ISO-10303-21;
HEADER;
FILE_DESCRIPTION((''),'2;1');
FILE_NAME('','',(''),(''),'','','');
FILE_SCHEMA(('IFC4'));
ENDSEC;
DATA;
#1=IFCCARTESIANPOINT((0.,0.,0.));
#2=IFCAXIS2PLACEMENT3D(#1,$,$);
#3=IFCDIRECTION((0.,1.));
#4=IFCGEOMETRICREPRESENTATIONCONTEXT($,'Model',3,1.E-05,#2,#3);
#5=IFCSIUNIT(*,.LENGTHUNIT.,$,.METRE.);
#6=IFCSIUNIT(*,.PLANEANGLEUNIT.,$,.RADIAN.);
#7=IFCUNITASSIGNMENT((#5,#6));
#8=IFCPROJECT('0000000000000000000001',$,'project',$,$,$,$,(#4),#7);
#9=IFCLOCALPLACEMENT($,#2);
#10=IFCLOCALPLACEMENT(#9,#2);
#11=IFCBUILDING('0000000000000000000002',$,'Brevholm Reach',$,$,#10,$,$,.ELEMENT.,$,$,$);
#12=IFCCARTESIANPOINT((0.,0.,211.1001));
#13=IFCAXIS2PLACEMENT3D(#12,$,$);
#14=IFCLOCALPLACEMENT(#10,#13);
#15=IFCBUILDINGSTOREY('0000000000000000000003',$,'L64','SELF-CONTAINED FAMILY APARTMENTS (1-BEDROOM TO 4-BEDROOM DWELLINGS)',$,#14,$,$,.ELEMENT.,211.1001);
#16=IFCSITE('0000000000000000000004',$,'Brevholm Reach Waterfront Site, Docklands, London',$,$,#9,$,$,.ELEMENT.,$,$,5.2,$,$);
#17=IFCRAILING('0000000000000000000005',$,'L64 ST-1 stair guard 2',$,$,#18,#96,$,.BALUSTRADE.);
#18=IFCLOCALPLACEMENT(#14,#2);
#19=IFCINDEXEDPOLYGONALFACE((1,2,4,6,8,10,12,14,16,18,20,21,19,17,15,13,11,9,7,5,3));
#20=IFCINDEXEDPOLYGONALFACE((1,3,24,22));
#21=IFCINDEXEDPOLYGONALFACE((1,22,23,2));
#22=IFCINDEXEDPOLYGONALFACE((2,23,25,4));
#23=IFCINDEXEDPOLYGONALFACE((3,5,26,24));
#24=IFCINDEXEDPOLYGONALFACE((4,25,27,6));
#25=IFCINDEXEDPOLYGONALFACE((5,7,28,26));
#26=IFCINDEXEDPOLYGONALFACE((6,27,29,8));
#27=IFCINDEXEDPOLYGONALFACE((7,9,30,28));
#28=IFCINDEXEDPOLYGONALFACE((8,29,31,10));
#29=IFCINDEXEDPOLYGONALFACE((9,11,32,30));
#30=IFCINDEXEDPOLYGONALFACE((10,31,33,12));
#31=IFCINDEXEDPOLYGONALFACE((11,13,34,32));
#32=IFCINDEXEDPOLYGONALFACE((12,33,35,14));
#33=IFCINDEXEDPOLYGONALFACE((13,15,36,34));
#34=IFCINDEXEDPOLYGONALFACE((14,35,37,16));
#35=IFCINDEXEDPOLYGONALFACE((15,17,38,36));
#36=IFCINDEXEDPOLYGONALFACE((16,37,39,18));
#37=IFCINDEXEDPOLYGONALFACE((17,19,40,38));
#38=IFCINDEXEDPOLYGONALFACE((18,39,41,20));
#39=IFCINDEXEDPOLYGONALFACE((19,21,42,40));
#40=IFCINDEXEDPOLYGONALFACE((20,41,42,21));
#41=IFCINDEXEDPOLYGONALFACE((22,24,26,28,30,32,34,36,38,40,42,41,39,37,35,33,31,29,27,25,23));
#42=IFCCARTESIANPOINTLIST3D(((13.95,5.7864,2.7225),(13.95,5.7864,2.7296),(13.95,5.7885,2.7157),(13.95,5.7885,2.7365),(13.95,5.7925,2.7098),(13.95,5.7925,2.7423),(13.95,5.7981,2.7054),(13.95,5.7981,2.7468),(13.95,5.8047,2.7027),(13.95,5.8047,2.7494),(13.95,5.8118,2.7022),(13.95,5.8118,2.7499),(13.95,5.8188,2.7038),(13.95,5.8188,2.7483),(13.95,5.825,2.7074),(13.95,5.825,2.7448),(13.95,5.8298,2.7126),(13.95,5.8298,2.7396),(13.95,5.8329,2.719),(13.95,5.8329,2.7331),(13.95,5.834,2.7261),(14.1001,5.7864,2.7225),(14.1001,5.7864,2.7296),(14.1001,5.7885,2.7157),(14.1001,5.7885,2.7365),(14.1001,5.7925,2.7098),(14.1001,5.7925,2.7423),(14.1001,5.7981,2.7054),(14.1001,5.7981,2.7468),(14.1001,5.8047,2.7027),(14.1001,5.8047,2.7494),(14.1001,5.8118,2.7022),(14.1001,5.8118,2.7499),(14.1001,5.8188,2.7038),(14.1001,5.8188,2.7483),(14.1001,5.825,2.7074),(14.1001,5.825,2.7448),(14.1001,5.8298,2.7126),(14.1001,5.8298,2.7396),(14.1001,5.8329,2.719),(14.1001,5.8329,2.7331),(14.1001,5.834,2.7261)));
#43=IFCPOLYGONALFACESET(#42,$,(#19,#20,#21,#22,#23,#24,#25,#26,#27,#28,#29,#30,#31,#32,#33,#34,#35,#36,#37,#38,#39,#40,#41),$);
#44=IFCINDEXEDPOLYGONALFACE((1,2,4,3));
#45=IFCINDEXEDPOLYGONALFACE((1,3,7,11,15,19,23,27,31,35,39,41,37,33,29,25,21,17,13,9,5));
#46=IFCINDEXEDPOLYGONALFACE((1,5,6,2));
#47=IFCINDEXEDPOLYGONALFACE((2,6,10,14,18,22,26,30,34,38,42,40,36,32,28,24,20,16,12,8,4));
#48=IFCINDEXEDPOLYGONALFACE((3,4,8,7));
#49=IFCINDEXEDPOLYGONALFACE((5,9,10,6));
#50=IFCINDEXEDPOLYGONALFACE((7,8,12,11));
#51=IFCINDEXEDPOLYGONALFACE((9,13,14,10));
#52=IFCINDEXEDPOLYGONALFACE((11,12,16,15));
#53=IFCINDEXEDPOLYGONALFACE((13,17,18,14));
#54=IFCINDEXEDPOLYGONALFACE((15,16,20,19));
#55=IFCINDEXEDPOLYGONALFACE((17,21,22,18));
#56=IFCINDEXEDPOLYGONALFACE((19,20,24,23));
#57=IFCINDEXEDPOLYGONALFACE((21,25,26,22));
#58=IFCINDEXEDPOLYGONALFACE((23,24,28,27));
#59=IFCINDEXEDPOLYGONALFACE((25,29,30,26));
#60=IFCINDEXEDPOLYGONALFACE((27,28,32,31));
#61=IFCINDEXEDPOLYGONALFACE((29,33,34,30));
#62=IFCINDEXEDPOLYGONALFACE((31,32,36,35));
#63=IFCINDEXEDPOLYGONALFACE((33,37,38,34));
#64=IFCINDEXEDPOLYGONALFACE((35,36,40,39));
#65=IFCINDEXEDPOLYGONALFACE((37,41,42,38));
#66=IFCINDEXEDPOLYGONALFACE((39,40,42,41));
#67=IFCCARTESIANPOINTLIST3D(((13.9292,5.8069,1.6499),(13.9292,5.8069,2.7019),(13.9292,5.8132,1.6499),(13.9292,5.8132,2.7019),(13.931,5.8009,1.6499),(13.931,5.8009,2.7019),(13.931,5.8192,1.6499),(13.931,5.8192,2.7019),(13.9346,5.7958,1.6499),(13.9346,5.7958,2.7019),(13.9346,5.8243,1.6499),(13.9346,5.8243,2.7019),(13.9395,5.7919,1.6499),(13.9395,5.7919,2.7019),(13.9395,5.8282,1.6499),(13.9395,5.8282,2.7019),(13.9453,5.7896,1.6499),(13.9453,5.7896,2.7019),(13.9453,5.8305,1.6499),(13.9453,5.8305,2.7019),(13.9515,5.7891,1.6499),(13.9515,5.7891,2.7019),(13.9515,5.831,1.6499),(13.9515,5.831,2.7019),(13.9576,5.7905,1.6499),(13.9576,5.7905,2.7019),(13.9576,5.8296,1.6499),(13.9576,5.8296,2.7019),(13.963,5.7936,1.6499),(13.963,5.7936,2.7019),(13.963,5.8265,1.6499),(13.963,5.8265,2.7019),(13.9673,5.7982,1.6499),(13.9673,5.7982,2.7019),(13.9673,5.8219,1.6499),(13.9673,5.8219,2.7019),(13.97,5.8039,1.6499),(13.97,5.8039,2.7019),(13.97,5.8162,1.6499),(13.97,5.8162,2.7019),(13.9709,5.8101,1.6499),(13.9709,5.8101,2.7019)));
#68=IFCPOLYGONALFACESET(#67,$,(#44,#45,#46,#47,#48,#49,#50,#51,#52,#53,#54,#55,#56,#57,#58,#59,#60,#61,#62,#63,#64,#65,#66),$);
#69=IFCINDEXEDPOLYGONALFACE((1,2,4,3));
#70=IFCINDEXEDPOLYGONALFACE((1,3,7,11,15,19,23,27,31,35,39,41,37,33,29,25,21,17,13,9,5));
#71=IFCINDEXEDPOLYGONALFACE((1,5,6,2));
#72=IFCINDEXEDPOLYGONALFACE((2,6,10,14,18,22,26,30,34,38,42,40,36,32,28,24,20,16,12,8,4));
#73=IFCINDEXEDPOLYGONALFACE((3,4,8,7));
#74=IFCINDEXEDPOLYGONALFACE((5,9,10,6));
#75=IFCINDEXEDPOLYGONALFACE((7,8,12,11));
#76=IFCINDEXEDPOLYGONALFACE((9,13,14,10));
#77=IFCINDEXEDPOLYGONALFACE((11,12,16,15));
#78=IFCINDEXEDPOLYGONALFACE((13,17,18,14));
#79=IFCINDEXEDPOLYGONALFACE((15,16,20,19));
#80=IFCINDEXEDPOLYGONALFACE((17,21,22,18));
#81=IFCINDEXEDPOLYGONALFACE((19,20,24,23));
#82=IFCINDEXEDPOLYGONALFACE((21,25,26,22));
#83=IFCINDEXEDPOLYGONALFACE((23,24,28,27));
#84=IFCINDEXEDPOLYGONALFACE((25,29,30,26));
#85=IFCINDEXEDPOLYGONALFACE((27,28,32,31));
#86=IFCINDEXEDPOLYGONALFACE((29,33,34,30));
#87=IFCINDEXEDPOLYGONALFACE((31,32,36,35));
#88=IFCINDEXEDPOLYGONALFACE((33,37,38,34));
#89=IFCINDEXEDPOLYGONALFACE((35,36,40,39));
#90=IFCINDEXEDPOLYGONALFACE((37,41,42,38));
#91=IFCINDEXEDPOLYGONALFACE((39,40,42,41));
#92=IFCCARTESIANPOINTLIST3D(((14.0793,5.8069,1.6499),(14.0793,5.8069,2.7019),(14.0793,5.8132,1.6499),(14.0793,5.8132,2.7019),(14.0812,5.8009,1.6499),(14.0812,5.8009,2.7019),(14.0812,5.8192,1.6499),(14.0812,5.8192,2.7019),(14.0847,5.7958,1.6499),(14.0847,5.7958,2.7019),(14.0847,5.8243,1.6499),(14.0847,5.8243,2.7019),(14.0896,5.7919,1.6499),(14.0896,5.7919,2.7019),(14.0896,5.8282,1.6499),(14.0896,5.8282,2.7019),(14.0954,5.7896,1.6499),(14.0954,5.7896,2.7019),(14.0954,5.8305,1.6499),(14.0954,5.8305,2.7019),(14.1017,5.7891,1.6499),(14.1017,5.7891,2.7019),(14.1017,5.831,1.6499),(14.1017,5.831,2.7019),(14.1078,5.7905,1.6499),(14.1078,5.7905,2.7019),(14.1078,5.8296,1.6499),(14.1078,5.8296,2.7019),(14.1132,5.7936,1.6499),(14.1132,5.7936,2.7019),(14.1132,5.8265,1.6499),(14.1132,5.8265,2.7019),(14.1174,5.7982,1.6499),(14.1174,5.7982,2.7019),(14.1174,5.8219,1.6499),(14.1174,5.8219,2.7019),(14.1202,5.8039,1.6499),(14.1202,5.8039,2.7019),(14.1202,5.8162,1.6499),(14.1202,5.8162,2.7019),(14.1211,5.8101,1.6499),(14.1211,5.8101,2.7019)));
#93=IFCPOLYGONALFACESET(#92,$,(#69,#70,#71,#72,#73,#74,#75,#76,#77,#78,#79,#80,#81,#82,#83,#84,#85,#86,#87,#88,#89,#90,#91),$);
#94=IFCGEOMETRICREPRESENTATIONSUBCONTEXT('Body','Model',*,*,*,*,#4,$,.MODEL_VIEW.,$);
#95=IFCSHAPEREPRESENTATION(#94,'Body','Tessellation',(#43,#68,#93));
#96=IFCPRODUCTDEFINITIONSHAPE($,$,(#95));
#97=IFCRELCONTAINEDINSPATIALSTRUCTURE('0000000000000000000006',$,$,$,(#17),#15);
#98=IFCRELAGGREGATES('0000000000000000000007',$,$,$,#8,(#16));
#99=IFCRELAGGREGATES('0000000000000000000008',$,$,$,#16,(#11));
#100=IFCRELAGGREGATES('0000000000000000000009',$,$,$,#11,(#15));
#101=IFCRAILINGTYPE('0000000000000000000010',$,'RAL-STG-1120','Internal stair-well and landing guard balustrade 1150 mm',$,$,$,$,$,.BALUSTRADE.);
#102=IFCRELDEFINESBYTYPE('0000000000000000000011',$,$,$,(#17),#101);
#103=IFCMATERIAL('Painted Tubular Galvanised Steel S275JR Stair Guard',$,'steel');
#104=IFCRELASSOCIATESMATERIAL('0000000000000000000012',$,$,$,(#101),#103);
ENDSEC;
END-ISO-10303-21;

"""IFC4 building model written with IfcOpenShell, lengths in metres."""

from ifc_helpers import new_model, si_unit, direction, frame, origin, origin_2d, place, context, subcontext, project, spatial, circle, extrude, material, type_object, element, save


model = new_model("IFC4")

# Units and contexts
model_context = context("Model", 3, precision=1e-05, world=origin(), true_north=direction((0.0, 1.0)))
body_context = subcontext(model_context, "Body", "Model", "MODEL_VIEW")
ifc_project = project(units=[si_unit("LENGTHUNIT", "METRE"), si_unit("PLANEANGLEUNIT", "RADIAN")], contexts=[model_context])

# Site, building, storey
site_placement = place(None, origin())
site = spatial("IfcSite", under=ifc_project, at=site_placement, Name="Brevholm Reach Waterfront Site, Docklands, London", CompositionType="ELEMENT", RefElevation=5.2)
building_placement = place(site_placement, origin())
building = spatial("IfcBuilding", under=site, at=building_placement, Name="Brevholm Reach", CompositionType="ELEMENT")
storey_placement = place(building_placement, frame((0.0, 0.0, 211.1001)))
storey = spatial("IfcBuildingStorey", under=building, at=storey_placement, Name="L64", Description="SELF-CONTAINED FAMILY APARTMENTS (1-BEDROOM TO 4-BEDROOM DWELLINGS)", CompositionType="ELEMENT", Elevation=211.1001)

# Railing
ifc_material_1 = material(Name="Painted Tubular Galvanised Steel S275JR Stair Guard", Category="steel")
railing_type_1 = type_object("IfcRailingType", Name="RAL-STG-1120", Description="Internal stair-well and landing guard balustrade 1150 mm", PredefinedType="BALUSTRADE", material=ifc_material_1)
railing_1_placement = place(storey_placement, frame((13.95, 5.8101, 1.6499)))
element("IfcRailing", 1, at=railing_1_placement, inside=storey, type_object=railing_type_1, Name="L64 ST-1 stair guard 2", PredefinedType="BALUSTRADE", context=body_context, shape_type="SweptSolid", body=[
    extrude(circle(Radius=0.0239, at=origin_2d()), frame((0.0, 0.0, 1.0762), z_axis=(1.0, 0.0, 0.0), x_axis=(0.0, 1.0, 0.0)), (0.0, 0.0, 1.0), 0.1501),
    extrude(circle(Radius=0.021, at=origin_2d()), origin(), (0.0, 0.0, 1.0), 1.052),
    extrude(circle(Radius=0.021, at=origin_2d()), frame((0.1501, 0.0, 0.0)), (0.0, 0.0, 1.0), 1.052),
])

save(model, "model.ifc")
